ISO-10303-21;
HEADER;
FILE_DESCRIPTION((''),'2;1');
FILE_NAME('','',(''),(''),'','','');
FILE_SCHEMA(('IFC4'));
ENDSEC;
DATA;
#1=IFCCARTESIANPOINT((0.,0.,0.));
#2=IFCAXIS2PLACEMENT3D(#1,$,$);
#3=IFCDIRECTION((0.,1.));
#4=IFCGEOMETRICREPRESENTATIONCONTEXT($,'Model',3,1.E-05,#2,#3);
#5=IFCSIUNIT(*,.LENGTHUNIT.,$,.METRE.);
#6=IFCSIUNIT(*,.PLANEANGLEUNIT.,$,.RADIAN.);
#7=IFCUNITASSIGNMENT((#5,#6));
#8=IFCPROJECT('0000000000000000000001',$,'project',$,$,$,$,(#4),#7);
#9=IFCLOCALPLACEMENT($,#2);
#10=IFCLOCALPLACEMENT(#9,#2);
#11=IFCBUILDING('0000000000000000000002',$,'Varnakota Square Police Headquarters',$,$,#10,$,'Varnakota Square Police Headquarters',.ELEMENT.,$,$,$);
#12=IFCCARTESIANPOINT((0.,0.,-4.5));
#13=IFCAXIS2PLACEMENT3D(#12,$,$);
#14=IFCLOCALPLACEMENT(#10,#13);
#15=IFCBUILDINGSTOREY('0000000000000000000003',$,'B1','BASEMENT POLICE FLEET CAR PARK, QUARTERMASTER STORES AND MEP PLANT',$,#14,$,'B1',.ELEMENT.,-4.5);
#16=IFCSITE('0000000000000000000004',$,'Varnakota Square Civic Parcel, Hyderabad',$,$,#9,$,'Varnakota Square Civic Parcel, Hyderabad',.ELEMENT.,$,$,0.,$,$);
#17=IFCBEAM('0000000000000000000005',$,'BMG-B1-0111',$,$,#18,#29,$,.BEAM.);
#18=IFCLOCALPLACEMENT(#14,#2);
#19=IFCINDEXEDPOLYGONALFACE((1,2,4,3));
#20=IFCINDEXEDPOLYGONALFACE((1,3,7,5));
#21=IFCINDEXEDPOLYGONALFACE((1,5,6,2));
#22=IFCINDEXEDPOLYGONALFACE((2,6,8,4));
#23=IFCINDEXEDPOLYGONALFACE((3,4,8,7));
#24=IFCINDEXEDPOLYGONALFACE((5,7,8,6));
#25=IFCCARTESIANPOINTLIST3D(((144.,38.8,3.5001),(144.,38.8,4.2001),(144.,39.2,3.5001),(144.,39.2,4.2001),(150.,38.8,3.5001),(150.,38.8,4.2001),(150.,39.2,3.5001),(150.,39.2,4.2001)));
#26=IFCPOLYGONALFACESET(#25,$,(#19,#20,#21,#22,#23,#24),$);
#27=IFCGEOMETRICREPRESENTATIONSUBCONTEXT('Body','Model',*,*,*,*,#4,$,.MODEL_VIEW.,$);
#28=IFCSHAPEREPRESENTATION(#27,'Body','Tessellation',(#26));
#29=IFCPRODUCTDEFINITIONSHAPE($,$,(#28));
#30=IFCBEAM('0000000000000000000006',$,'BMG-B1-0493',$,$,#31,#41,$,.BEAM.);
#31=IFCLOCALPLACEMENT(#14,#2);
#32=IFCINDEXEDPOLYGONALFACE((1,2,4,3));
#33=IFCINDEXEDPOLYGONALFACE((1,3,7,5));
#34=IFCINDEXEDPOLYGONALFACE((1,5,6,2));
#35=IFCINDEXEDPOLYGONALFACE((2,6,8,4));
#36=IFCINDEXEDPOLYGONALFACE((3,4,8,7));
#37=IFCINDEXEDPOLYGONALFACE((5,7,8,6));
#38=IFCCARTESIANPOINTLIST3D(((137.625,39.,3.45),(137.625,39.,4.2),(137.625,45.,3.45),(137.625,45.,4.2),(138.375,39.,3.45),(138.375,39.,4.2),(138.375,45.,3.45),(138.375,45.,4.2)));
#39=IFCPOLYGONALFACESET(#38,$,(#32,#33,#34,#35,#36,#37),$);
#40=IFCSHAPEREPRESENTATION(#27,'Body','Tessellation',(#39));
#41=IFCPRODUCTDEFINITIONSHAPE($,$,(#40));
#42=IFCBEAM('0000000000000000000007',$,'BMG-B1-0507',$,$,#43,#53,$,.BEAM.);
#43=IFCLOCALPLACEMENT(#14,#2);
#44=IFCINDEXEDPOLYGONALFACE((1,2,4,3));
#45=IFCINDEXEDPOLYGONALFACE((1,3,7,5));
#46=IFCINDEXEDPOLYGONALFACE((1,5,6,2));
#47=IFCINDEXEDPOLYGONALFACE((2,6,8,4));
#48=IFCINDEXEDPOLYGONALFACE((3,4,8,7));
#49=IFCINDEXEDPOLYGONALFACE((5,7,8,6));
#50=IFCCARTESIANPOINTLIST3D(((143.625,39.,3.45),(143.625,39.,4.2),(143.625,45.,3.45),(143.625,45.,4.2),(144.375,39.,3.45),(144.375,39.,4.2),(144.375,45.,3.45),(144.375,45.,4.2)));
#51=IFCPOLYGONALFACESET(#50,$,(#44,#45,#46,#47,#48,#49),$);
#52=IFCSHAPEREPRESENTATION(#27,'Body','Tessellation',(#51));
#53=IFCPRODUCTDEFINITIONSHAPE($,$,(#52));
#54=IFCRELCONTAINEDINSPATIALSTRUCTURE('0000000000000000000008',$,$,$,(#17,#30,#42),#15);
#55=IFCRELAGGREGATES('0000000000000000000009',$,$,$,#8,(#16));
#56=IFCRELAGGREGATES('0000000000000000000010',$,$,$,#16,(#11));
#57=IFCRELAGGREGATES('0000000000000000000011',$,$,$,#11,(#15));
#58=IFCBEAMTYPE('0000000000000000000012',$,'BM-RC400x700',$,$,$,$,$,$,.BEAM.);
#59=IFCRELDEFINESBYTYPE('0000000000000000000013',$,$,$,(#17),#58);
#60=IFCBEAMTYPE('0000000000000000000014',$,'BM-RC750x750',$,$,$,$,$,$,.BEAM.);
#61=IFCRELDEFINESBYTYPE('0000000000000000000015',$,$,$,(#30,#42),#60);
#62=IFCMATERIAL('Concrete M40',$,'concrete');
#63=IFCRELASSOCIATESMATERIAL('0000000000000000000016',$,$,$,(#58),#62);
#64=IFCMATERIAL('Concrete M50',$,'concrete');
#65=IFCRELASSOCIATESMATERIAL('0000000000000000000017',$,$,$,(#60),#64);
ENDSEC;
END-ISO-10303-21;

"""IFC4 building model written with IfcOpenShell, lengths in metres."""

from ifc_helpers import new_model, si_unit, direction, frame, origin, origin_2d, place, context, subcontext, project, spatial, rectangle, extrude, material, material_profile, profile_set, type_object, element, save


model = new_model("IFC4")

# Units and contexts
model_context = context("Model", 3, precision=1e-05, world=origin(), true_north=direction((0.0, 1.0)))
body_context = subcontext(model_context, "Body", "Model", "MODEL_VIEW")
ifc_project = project(units=[si_unit("LENGTHUNIT", "METRE"), si_unit("PLANEANGLEUNIT", "RADIAN")], contexts=[model_context])

# Site, building, storey
site_placement = place(None, origin())
site = spatial("IfcSite", under=ifc_project, at=site_placement, Name="Varnakota Square Civic Parcel, Hyderabad", LongName="Varnakota Square Civic Parcel, Hyderabad", CompositionType="ELEMENT", RefElevation=0.0)
building_placement = place(site_placement, origin())
building = spatial("IfcBuilding", under=site, at=building_placement, Name="Varnakota Square Police Headquarters", LongName="Varnakota Square Police Headquarters", CompositionType="ELEMENT")
storey_placement = place(building_placement, frame((0.0, 0.0, -4.5)))
storey = spatial("IfcBuildingStorey", under=building, at=storey_placement, Name="B1", Description="BASEMENT POLICE FLEET CAR PARK, QUARTERMASTER STORES AND MEP PLANT", LongName="B1", CompositionType="ELEMENT", Elevation=-4.5)

# Shared definitions
ifc_material_1 = material(Name="Concrete M40", Category="concrete")
ifc_material_2 = material(Name="Concrete M50", Category="concrete")

# Beams
ifc_material_profile_1 = material_profile(ifc_material_1, rectangle(XDim=0.3999, YDim=0.7, at=origin_2d()), Name="RC 400x700")
ifc_profile_set_1 = profile_set([ifc_material_profile_1], Name="Concrete M40")
beam_type_1 = type_object("IfcBeamType", Name="BM-RC400x700", PredefinedType="BEAM", material=ifc_profile_set_1)
for number, where, z_axis, x_axis, name in (
    (1, (144.0, 39.0, 3.8501), (1.0, 0.0, 0.0), (0.0, 1.0, 0.0), "BMG-B1-0111"),
):
    element("IfcBeam", number, at=place(storey_placement, frame(where, z_axis=z_axis, x_axis=x_axis)), inside=storey, type_object=beam_type_1, Name=name, PredefinedType="BEAM", context=body_context, shape_type="SweptSolid", body=[
        extrude(rectangle(XDim=0.3999, YDim=0.7, at=origin_2d()), origin(), (0.0, 0.0, 1.0), 6.0),
    ])
ifc_material_profile_2 = material_profile(ifc_material_2, rectangle(XDim=0.75, YDim=0.75, at=origin_2d()), Name="RC 750x750")
ifc_profile_set_2 = profile_set([ifc_material_profile_2], Name="Concrete M50")
beam_type_2 = type_object("IfcBeamType", Name="BM-RC750x750", PredefinedType="BEAM", material=ifc_profile_set_2)
for number, where, z_axis, x_axis, name in (
    (2, (138.0, 39.0, 3.825), (0.0, 1.0, 0.0), (-1.0, 0.0, 0.0), "BMG-B1-0493"),
    (3, (144.0, 39.0, 3.825), (0.0, 1.0, 0.0), (-1.0, 0.0, 0.0), "BMG-B1-0507"),
):
    element("IfcBeam", number, at=place(storey_placement, frame(where, z_axis=z_axis, x_axis=x_axis)), inside=storey, type_object=beam_type_2, Name=name, PredefinedType="BEAM", context=body_context, shape_type="SweptSolid", body=[
        extrude(rectangle(XDim=0.75, YDim=0.75, at=origin_2d()), origin(), (0.0, 0.0, 1.0), 6.0),
    ])

save(model, "model.ifc")
